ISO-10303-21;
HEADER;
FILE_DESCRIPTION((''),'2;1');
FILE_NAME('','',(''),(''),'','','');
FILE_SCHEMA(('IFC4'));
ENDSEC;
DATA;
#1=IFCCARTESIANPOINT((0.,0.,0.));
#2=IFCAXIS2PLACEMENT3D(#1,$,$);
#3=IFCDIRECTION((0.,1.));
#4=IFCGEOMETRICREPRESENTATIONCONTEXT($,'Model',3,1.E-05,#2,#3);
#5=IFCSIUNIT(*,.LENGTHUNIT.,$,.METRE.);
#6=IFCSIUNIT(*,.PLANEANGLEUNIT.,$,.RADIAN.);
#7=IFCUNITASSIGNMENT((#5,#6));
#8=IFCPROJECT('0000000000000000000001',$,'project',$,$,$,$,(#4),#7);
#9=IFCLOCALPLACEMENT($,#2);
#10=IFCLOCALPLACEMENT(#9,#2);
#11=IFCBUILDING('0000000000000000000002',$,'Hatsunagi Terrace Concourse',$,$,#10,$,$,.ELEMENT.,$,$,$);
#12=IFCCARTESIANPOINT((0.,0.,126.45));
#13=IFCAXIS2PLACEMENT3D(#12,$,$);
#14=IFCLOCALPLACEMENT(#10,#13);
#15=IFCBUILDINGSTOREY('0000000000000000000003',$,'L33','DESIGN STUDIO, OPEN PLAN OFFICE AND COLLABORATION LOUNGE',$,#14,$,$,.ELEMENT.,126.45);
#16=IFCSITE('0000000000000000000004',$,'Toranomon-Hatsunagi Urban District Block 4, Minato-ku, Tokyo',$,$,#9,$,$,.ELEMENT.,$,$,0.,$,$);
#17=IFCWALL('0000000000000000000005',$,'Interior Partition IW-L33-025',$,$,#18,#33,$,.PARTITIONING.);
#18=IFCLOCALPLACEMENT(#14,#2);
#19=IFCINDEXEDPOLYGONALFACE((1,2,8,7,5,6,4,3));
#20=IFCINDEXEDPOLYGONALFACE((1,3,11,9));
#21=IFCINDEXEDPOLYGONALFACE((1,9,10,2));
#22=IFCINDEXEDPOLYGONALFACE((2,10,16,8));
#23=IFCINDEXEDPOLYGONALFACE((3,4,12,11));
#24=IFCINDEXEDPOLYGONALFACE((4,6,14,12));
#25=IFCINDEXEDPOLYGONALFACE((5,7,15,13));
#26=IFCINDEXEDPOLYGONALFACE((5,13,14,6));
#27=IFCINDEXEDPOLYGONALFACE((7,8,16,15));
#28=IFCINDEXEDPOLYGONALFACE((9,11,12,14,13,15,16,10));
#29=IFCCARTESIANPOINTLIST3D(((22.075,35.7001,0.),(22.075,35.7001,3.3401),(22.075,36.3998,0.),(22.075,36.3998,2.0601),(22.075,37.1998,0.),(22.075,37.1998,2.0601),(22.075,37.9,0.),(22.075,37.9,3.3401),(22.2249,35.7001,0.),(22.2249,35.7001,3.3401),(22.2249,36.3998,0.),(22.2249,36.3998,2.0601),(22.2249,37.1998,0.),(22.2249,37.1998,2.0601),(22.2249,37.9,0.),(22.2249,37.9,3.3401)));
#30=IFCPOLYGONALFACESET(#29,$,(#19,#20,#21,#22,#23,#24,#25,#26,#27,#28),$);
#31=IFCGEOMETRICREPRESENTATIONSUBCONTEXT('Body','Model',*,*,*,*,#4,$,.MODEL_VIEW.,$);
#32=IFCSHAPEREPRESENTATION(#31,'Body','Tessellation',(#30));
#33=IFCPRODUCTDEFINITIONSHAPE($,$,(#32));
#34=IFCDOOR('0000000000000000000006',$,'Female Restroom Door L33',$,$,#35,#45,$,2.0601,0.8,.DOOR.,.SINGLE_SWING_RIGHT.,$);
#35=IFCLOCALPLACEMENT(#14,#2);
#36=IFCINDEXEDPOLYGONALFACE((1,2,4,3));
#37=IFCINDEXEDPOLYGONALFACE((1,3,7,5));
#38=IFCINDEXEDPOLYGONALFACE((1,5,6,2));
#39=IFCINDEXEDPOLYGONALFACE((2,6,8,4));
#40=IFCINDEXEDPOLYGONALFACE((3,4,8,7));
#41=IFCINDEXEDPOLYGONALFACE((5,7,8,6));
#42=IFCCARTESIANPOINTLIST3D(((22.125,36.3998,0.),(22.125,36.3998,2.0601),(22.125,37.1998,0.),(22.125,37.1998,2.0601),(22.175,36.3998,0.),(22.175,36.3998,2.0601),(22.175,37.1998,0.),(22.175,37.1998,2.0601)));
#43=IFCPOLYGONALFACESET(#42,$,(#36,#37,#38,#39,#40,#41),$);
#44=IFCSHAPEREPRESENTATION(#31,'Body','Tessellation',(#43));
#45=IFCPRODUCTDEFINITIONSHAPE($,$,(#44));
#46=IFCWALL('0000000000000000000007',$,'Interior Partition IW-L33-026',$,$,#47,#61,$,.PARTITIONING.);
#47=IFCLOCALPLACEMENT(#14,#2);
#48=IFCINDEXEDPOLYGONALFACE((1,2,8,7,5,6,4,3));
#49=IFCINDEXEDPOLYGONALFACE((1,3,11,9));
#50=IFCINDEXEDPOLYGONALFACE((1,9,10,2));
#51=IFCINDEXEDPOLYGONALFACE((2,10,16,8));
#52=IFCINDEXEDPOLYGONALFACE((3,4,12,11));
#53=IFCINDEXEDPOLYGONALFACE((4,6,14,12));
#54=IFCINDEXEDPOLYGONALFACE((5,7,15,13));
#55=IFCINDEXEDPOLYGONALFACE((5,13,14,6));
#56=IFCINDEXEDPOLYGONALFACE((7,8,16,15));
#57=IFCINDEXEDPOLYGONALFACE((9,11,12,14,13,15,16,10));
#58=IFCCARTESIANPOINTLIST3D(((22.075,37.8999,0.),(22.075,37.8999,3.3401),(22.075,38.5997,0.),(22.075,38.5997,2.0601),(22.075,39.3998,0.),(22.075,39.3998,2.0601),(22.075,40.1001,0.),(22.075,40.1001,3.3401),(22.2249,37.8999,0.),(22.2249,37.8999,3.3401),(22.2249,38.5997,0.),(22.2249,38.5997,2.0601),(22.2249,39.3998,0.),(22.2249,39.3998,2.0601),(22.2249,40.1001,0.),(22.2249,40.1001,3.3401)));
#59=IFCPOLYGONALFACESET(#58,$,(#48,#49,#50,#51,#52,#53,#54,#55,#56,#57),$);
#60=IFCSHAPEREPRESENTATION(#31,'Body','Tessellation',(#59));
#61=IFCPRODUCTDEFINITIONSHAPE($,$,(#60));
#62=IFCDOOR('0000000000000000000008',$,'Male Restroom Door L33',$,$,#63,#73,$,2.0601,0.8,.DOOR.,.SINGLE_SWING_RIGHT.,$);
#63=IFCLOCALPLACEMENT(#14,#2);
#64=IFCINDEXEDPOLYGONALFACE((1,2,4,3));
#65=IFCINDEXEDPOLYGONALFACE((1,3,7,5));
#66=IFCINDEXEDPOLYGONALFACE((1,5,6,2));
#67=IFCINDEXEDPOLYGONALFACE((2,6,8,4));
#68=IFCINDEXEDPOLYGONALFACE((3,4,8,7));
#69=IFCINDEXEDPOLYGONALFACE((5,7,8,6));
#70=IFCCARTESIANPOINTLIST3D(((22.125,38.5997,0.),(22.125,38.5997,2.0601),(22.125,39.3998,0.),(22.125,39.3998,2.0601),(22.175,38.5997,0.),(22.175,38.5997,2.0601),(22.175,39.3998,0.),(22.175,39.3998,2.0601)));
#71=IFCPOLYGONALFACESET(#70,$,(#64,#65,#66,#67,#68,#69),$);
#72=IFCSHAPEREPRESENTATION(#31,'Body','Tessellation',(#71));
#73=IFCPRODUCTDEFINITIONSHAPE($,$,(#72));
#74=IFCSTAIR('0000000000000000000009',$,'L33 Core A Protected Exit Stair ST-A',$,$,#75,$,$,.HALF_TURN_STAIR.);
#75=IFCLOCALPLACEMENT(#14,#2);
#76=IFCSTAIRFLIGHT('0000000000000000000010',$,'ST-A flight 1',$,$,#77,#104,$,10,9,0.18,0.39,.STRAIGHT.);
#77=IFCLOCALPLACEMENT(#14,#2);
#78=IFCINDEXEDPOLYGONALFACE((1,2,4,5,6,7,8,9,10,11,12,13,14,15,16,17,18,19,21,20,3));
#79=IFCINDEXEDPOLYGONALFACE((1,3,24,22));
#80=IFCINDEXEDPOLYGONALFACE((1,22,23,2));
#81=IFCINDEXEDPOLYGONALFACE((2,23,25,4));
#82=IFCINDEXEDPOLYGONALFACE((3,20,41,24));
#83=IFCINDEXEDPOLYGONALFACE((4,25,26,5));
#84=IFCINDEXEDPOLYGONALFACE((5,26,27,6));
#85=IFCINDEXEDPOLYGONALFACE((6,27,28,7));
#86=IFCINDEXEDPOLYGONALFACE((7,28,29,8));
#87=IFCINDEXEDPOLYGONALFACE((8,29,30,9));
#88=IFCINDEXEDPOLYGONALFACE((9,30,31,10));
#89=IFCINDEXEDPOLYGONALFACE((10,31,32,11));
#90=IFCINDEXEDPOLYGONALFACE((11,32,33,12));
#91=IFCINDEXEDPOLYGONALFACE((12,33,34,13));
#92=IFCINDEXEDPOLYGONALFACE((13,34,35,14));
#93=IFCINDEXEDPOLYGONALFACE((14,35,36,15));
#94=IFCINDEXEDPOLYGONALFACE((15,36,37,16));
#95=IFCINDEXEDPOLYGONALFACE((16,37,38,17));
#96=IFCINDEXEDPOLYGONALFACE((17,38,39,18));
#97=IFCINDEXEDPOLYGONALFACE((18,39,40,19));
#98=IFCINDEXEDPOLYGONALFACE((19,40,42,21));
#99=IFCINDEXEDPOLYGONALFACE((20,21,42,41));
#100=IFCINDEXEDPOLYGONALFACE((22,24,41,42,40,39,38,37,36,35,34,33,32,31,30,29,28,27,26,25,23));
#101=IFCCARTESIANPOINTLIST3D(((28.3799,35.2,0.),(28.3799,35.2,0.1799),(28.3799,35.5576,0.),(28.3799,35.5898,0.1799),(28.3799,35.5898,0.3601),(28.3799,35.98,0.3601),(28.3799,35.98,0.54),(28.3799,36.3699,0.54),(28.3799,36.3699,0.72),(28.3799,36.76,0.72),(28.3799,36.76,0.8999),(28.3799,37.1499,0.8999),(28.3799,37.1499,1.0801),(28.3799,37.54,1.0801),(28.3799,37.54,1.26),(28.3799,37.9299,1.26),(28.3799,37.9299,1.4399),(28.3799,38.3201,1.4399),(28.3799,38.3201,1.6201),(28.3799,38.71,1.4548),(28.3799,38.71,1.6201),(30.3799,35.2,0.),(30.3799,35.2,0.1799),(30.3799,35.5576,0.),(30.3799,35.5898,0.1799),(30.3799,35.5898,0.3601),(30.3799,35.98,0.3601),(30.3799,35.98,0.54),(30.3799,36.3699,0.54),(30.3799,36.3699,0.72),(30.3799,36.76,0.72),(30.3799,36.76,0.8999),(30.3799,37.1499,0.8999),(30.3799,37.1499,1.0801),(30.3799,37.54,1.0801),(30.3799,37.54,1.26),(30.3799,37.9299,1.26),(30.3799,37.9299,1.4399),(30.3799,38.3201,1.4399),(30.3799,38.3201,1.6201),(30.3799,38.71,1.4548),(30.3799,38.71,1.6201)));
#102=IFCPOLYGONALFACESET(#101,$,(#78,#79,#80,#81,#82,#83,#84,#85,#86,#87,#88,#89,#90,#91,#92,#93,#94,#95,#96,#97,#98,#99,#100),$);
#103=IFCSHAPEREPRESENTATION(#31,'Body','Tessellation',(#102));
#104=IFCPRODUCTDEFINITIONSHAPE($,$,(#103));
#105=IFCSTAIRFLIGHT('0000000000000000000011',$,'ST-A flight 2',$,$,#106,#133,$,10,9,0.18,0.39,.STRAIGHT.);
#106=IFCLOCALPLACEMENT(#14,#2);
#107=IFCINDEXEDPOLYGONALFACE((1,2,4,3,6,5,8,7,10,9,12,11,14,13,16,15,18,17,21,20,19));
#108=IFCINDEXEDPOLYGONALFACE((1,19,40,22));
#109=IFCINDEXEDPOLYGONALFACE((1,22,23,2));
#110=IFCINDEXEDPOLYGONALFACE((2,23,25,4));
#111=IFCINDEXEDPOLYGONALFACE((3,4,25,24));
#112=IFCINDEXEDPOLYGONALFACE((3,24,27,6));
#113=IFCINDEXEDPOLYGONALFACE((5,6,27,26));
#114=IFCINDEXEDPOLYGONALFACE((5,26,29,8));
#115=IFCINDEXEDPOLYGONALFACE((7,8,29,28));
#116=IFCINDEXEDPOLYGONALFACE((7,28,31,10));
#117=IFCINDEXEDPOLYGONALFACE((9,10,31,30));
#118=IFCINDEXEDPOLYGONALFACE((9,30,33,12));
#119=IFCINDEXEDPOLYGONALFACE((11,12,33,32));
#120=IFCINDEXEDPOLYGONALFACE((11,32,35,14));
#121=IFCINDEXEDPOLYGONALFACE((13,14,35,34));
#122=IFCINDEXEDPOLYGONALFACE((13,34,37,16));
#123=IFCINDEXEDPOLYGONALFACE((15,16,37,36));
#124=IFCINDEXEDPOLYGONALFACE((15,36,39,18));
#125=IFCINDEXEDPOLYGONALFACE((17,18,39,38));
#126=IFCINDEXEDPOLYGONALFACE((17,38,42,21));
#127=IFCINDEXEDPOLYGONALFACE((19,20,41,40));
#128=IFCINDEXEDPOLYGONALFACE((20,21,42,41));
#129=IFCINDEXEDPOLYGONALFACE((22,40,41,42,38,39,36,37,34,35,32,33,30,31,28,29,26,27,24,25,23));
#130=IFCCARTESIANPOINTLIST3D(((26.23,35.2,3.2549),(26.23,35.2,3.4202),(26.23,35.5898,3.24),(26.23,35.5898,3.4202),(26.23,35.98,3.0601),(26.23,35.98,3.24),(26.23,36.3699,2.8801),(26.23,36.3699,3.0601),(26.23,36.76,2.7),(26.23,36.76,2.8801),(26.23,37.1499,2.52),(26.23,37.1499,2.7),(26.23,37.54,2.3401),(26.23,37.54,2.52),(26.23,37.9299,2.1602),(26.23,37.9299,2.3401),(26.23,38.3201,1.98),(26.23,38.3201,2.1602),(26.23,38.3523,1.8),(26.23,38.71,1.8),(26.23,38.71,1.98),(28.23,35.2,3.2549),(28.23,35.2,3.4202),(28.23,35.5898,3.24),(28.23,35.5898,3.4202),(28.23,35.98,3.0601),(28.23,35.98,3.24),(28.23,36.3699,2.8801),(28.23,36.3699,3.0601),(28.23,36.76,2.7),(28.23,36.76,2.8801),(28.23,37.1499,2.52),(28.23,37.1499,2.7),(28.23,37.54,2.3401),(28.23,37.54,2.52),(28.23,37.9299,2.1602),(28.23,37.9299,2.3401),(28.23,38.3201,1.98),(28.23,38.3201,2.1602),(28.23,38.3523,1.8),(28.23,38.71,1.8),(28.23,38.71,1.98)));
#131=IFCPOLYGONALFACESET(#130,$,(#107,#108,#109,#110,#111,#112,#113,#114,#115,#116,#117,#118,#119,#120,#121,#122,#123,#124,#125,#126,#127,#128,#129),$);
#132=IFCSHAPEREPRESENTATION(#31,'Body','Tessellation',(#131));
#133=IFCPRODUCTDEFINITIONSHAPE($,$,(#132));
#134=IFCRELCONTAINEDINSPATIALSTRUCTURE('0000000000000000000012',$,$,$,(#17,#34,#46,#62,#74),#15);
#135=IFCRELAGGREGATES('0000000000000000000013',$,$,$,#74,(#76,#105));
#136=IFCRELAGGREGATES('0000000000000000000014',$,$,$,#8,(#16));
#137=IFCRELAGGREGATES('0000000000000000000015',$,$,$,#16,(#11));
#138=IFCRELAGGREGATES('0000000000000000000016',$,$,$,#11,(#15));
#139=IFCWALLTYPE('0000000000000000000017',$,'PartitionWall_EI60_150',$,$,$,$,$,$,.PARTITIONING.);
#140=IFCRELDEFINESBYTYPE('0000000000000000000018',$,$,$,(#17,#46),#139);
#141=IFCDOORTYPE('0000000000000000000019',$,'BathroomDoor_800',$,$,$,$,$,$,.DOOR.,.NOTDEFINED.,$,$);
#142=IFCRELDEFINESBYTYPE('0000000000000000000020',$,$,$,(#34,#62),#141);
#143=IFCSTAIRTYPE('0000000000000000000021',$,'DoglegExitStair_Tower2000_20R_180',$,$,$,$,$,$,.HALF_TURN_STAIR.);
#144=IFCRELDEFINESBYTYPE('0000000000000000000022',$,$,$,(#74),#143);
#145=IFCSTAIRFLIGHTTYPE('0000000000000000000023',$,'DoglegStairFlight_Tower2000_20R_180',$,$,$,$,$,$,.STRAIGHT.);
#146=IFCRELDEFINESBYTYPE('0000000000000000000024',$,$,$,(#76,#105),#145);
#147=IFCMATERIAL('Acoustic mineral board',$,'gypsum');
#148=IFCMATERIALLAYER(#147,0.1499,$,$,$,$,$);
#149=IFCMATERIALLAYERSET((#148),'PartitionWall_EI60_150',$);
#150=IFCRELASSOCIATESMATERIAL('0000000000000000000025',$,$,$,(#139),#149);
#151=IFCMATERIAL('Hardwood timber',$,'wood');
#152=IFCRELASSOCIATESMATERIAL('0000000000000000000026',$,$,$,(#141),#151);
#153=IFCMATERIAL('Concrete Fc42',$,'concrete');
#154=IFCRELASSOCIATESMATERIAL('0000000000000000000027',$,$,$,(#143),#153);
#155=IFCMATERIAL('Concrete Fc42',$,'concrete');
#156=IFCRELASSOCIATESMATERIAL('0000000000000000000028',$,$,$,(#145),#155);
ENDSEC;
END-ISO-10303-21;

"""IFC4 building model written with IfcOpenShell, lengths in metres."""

from ifc_helpers import new_model, si_unit, direction, frame, frame_2d, origin, place, context, subcontext, project, spatial, polyline, rectangle, outline, extrude, material, layer, layer_set, type_object, element, fill, aggregate, save


model = new_model("IFC4")

# Units and contexts
model_context = context("Model", 3, precision=1e-05, world=origin(), true_north=direction((0.0, 1.0)))
body_context = subcontext(model_context, "Body", "Model", "MODEL_VIEW")
ifc_project = project(units=[si_unit("LENGTHUNIT", "METRE"), si_unit("PLANEANGLEUNIT", "RADIAN")], contexts=[model_context])

# Site, building, storey
site_placement = place(None, origin())
site = spatial("IfcSite", under=ifc_project, at=site_placement, Name="Toranomon-Hatsunagi Urban District Block 4, Minato-ku, Tokyo", CompositionType="ELEMENT", RefElevation=0.0)
building_placement = place(site_placement, origin())
building = spatial("IfcBuilding", under=site, at=building_placement, Name="Hatsunagi Terrace Concourse", CompositionType="ELEMENT")
storey_placement = place(building_placement, frame((0.0, 0.0, 126.45)))
storey = spatial("IfcBuildingStorey", under=building, at=storey_placement, Name="L33", Description="DESIGN STUDIO, OPEN PLAN OFFICE AND COLLABORATION LOUNGE", CompositionType="ELEMENT", Elevation=126.45)

# Shared definitions
ifc_material_1 = material(Name="Acoustic mineral board", Category="gypsum")
ifc_layer_1 = layer(ifc_material_1, 0.1499)
ifc_layer_set_1 = layer_set([ifc_layer_1], Name="PartitionWall_EI60_150")
wall_type = type_object("IfcWallType", Name="PartitionWall_EI60_150", PredefinedType="PARTITIONING", material=ifc_layer_set_1)

# Walls, openings, doors
ifc_material_2 = material(Name="Hardwood timber", Category="wood")
door_type = type_object("IfcDoorType", Name="BathroomDoor_800", OperationType="NOTDEFINED", PredefinedType="DOOR", material=ifc_material_2)
wall_1_placement = place(storey_placement, frame((22.1499, 35.7, 0.0), z_axis=(0.0, 0.0, 1.0), x_axis=(0.0, 1.0, 0.0)))
wall_1 = element("IfcWall", 1, at=wall_1_placement, inside=storey, type_object=wall_type, Name="Interior Partition IW-L33-025", PredefinedType="PARTITIONING", context=body_context, shape_type="SweptSolid", body=[
    extrude(rectangle(XDim=2.2, YDim=0.1499, at=frame_2d((1.1001, 0.0))), origin(), (0.0, 0.0, 1.0), 3.3401),
])
opening_1_placement = place(wall_1_placement, frame((0.7, 0.0, 0.0)))
opening_1 = element("IfcOpeningElement", 2, at=opening_1_placement, cuts=wall_1, PredefinedType="OPENING", context=body_context, shape_type="SweptSolid", body=[
    extrude(rectangle(XDim=0.8, YDim=2.0601, at=frame_2d((0.3999, 1.03))), frame((0.0, 0.085, 0.0), z_axis=(0.0, -1.0, 0.0), x_axis=(1.0, 0.0, 0.0)), (0.0, 0.0, 1.0), 0.1699),
])
door_1_placement = place(opening_1_placement, origin())
door_1 = element("IfcDoor", 3, at=door_1_placement, inside=storey, type_object=door_type, Name="Female Restroom Door L33", OperationType="SINGLE_SWING_RIGHT", OverallHeight=2.0601, OverallWidth=0.8, PredefinedType="DOOR", context=body_context, shape_type="SweptSolid", body=[
    extrude(rectangle(XDim=0.8, YDim=2.0601, at=frame_2d((0.3999, 1.03))), frame((0.0, 0.0249, 0.0), z_axis=(0.0, -1.0, 0.0), x_axis=(1.0, 0.0, 0.0)), (0.0, 0.0, 1.0), 0.05),
])
fill(opening_1, door_1)
wall_2_placement = place(storey_placement, frame((22.1499, 37.8999, 0.0), z_axis=(0.0, 0.0, 1.0), x_axis=(0.0, 1.0, 0.0)))
wall_2 = element("IfcWall", 4, at=wall_2_placement, inside=storey, type_object=wall_type, Name="Interior Partition IW-L33-026", PredefinedType="PARTITIONING", context=body_context, shape_type="SweptSolid", body=[
    extrude(rectangle(XDim=2.2002, YDim=0.1499, at=frame_2d((1.1001, 0.0))), origin(), (0.0, 0.0, 1.0), 3.3401),
])
opening_2_placement = place(wall_2_placement, frame((0.7, 0.0, 0.0)))
opening_2 = element("IfcOpeningElement", 5, at=opening_2_placement, cuts=wall_2, PredefinedType="OPENING", context=body_context, shape_type="SweptSolid", body=[
    extrude(rectangle(XDim=0.8, YDim=2.0601, at=frame_2d((0.3999, 1.03))), frame((0.0, 0.085, 0.0), z_axis=(0.0, -1.0, 0.0), x_axis=(1.0, 0.0, 0.0)), (0.0, 0.0, 1.0), 0.1699),
])
door_2_placement = place(opening_2_placement, origin())
door_2 = element("IfcDoor", 6, at=door_2_placement, inside=storey, type_object=door_type, Name="Male Restroom Door L33", OperationType="SINGLE_SWING_RIGHT", OverallHeight=2.0601, OverallWidth=0.8, PredefinedType="DOOR", context=body_context, shape_type="SweptSolid", body=[
    extrude(rectangle(XDim=0.8, YDim=2.0601, at=frame_2d((0.3999, 1.03))), frame((0.0, 0.0249, 0.0), z_axis=(0.0, -1.0, 0.0), x_axis=(1.0, 0.0, 0.0)), (0.0, 0.0, 1.0), 0.05),
])
fill(opening_2, door_2)

# Stair, stair flights
ifc_material_3 = material(Name="Concrete Fc42", Category="concrete")
stair_type = type_object("IfcStairType", Name="DoglegExitStair_Tower2000_20R_180", PredefinedType="HALF_TURN_STAIR", material=ifc_material_3)
stair_placement = place(storey_placement, origin())
stair = element("IfcStair", 7, at=stair_placement, inside=storey, type_object=stair_type, Name="L33 Core A Protected Exit Stair ST-A", PredefinedType="HALF_TURN_STAIR")
ifc_material_4 = material(Name="Concrete Fc42", Category="concrete")
stair_flight_type = type_object("IfcStairFlightType", Name="DoglegStairFlight_Tower2000_20R_180", PredefinedType="STRAIGHT", material=ifc_material_4)
stair_flight_1_placement = place(storey_placement, frame((29.3799, 35.2, 0.0), z_axis=(0.0, 0.0, 1.0), x_axis=(0.0, 1.0, 0.0)))
stair_flight_1 = element("IfcStairFlight", 8, at=stair_flight_1_placement, type_object=stair_flight_type, Name="ST-A flight 1", NumberOfRisers=10, NumberOfTreads=9, PredefinedType="STRAIGHT", RiserHeight=0.18, TreadLength=0.39, context=body_context, shape_type="SweptSolid", body=[
    extrude(outline(polyline([(0.0, 0.0), (0.0, 0.1799), (0.3899, 0.1799), (0.3899, 0.3601), (0.78, 0.3601), (0.78, 0.54), (1.1699, 0.54), (1.1699, 0.72), (1.5601, 0.72), (1.5601, 0.8999), (1.95, 0.8999), (1.95, 1.0801), (2.3401, 1.0801), (2.3401, 1.26), (2.73, 1.26), (2.73, 1.4399), (3.1201, 1.4399), (3.1201, 1.6201), (3.51, 1.6201), (3.51, 1.8), (3.51, 1.4548), (0.3577, 0.0), (0.0, 0.0)])), frame((0.0, 1.0, 0.0), z_axis=(0.0, -1.0, 0.0), x_axis=(1.0, 0.0, 0.0)), (0.0, 0.0, 1.0), 2.0),
])
stair_flight_2_placement = place(storey_placement, frame((27.23, 38.71, 1.8), z_axis=(0.0, 0.0, 1.0), x_axis=(0.0, -1.0, 0.0)))
stair_flight_2 = element("IfcStairFlight", 9, at=stair_flight_2_placement, type_object=stair_flight_type, Name="ST-A flight 2", NumberOfRisers=10, NumberOfTreads=9, PredefinedType="STRAIGHT", RiserHeight=0.18, TreadLength=0.39, context=body_context, shape_type="SweptSolid", body=[
    extrude(outline(polyline([(0.0, 0.0), (0.0, 0.1799), (0.3899, 0.1799), (0.3899, 0.3601), (0.78, 0.3601), (0.78, 0.54), (1.1699, 0.54), (1.1699, 0.72), (1.5601, 0.72), (1.5601, 0.8999), (1.95, 0.8999), (1.95, 1.0801), (2.3401, 1.0801), (2.3401, 1.26), (2.73, 1.26), (2.73, 1.4399), (3.1201, 1.4399), (3.1201, 1.6201), (3.51, 1.6201), (3.51, 1.8), (3.51, 1.4548), (0.3577, 0.0), (0.0, 0.0)])), frame((0.0, 1.0, 0.0), z_axis=(0.0, -1.0, 0.0), x_axis=(1.0, 0.0, 0.0)), (0.0, 0.0, 1.0), 2.0),
])
aggregate(stair, [stair_flight_1, stair_flight_2])

save(model, "model.ifc")
